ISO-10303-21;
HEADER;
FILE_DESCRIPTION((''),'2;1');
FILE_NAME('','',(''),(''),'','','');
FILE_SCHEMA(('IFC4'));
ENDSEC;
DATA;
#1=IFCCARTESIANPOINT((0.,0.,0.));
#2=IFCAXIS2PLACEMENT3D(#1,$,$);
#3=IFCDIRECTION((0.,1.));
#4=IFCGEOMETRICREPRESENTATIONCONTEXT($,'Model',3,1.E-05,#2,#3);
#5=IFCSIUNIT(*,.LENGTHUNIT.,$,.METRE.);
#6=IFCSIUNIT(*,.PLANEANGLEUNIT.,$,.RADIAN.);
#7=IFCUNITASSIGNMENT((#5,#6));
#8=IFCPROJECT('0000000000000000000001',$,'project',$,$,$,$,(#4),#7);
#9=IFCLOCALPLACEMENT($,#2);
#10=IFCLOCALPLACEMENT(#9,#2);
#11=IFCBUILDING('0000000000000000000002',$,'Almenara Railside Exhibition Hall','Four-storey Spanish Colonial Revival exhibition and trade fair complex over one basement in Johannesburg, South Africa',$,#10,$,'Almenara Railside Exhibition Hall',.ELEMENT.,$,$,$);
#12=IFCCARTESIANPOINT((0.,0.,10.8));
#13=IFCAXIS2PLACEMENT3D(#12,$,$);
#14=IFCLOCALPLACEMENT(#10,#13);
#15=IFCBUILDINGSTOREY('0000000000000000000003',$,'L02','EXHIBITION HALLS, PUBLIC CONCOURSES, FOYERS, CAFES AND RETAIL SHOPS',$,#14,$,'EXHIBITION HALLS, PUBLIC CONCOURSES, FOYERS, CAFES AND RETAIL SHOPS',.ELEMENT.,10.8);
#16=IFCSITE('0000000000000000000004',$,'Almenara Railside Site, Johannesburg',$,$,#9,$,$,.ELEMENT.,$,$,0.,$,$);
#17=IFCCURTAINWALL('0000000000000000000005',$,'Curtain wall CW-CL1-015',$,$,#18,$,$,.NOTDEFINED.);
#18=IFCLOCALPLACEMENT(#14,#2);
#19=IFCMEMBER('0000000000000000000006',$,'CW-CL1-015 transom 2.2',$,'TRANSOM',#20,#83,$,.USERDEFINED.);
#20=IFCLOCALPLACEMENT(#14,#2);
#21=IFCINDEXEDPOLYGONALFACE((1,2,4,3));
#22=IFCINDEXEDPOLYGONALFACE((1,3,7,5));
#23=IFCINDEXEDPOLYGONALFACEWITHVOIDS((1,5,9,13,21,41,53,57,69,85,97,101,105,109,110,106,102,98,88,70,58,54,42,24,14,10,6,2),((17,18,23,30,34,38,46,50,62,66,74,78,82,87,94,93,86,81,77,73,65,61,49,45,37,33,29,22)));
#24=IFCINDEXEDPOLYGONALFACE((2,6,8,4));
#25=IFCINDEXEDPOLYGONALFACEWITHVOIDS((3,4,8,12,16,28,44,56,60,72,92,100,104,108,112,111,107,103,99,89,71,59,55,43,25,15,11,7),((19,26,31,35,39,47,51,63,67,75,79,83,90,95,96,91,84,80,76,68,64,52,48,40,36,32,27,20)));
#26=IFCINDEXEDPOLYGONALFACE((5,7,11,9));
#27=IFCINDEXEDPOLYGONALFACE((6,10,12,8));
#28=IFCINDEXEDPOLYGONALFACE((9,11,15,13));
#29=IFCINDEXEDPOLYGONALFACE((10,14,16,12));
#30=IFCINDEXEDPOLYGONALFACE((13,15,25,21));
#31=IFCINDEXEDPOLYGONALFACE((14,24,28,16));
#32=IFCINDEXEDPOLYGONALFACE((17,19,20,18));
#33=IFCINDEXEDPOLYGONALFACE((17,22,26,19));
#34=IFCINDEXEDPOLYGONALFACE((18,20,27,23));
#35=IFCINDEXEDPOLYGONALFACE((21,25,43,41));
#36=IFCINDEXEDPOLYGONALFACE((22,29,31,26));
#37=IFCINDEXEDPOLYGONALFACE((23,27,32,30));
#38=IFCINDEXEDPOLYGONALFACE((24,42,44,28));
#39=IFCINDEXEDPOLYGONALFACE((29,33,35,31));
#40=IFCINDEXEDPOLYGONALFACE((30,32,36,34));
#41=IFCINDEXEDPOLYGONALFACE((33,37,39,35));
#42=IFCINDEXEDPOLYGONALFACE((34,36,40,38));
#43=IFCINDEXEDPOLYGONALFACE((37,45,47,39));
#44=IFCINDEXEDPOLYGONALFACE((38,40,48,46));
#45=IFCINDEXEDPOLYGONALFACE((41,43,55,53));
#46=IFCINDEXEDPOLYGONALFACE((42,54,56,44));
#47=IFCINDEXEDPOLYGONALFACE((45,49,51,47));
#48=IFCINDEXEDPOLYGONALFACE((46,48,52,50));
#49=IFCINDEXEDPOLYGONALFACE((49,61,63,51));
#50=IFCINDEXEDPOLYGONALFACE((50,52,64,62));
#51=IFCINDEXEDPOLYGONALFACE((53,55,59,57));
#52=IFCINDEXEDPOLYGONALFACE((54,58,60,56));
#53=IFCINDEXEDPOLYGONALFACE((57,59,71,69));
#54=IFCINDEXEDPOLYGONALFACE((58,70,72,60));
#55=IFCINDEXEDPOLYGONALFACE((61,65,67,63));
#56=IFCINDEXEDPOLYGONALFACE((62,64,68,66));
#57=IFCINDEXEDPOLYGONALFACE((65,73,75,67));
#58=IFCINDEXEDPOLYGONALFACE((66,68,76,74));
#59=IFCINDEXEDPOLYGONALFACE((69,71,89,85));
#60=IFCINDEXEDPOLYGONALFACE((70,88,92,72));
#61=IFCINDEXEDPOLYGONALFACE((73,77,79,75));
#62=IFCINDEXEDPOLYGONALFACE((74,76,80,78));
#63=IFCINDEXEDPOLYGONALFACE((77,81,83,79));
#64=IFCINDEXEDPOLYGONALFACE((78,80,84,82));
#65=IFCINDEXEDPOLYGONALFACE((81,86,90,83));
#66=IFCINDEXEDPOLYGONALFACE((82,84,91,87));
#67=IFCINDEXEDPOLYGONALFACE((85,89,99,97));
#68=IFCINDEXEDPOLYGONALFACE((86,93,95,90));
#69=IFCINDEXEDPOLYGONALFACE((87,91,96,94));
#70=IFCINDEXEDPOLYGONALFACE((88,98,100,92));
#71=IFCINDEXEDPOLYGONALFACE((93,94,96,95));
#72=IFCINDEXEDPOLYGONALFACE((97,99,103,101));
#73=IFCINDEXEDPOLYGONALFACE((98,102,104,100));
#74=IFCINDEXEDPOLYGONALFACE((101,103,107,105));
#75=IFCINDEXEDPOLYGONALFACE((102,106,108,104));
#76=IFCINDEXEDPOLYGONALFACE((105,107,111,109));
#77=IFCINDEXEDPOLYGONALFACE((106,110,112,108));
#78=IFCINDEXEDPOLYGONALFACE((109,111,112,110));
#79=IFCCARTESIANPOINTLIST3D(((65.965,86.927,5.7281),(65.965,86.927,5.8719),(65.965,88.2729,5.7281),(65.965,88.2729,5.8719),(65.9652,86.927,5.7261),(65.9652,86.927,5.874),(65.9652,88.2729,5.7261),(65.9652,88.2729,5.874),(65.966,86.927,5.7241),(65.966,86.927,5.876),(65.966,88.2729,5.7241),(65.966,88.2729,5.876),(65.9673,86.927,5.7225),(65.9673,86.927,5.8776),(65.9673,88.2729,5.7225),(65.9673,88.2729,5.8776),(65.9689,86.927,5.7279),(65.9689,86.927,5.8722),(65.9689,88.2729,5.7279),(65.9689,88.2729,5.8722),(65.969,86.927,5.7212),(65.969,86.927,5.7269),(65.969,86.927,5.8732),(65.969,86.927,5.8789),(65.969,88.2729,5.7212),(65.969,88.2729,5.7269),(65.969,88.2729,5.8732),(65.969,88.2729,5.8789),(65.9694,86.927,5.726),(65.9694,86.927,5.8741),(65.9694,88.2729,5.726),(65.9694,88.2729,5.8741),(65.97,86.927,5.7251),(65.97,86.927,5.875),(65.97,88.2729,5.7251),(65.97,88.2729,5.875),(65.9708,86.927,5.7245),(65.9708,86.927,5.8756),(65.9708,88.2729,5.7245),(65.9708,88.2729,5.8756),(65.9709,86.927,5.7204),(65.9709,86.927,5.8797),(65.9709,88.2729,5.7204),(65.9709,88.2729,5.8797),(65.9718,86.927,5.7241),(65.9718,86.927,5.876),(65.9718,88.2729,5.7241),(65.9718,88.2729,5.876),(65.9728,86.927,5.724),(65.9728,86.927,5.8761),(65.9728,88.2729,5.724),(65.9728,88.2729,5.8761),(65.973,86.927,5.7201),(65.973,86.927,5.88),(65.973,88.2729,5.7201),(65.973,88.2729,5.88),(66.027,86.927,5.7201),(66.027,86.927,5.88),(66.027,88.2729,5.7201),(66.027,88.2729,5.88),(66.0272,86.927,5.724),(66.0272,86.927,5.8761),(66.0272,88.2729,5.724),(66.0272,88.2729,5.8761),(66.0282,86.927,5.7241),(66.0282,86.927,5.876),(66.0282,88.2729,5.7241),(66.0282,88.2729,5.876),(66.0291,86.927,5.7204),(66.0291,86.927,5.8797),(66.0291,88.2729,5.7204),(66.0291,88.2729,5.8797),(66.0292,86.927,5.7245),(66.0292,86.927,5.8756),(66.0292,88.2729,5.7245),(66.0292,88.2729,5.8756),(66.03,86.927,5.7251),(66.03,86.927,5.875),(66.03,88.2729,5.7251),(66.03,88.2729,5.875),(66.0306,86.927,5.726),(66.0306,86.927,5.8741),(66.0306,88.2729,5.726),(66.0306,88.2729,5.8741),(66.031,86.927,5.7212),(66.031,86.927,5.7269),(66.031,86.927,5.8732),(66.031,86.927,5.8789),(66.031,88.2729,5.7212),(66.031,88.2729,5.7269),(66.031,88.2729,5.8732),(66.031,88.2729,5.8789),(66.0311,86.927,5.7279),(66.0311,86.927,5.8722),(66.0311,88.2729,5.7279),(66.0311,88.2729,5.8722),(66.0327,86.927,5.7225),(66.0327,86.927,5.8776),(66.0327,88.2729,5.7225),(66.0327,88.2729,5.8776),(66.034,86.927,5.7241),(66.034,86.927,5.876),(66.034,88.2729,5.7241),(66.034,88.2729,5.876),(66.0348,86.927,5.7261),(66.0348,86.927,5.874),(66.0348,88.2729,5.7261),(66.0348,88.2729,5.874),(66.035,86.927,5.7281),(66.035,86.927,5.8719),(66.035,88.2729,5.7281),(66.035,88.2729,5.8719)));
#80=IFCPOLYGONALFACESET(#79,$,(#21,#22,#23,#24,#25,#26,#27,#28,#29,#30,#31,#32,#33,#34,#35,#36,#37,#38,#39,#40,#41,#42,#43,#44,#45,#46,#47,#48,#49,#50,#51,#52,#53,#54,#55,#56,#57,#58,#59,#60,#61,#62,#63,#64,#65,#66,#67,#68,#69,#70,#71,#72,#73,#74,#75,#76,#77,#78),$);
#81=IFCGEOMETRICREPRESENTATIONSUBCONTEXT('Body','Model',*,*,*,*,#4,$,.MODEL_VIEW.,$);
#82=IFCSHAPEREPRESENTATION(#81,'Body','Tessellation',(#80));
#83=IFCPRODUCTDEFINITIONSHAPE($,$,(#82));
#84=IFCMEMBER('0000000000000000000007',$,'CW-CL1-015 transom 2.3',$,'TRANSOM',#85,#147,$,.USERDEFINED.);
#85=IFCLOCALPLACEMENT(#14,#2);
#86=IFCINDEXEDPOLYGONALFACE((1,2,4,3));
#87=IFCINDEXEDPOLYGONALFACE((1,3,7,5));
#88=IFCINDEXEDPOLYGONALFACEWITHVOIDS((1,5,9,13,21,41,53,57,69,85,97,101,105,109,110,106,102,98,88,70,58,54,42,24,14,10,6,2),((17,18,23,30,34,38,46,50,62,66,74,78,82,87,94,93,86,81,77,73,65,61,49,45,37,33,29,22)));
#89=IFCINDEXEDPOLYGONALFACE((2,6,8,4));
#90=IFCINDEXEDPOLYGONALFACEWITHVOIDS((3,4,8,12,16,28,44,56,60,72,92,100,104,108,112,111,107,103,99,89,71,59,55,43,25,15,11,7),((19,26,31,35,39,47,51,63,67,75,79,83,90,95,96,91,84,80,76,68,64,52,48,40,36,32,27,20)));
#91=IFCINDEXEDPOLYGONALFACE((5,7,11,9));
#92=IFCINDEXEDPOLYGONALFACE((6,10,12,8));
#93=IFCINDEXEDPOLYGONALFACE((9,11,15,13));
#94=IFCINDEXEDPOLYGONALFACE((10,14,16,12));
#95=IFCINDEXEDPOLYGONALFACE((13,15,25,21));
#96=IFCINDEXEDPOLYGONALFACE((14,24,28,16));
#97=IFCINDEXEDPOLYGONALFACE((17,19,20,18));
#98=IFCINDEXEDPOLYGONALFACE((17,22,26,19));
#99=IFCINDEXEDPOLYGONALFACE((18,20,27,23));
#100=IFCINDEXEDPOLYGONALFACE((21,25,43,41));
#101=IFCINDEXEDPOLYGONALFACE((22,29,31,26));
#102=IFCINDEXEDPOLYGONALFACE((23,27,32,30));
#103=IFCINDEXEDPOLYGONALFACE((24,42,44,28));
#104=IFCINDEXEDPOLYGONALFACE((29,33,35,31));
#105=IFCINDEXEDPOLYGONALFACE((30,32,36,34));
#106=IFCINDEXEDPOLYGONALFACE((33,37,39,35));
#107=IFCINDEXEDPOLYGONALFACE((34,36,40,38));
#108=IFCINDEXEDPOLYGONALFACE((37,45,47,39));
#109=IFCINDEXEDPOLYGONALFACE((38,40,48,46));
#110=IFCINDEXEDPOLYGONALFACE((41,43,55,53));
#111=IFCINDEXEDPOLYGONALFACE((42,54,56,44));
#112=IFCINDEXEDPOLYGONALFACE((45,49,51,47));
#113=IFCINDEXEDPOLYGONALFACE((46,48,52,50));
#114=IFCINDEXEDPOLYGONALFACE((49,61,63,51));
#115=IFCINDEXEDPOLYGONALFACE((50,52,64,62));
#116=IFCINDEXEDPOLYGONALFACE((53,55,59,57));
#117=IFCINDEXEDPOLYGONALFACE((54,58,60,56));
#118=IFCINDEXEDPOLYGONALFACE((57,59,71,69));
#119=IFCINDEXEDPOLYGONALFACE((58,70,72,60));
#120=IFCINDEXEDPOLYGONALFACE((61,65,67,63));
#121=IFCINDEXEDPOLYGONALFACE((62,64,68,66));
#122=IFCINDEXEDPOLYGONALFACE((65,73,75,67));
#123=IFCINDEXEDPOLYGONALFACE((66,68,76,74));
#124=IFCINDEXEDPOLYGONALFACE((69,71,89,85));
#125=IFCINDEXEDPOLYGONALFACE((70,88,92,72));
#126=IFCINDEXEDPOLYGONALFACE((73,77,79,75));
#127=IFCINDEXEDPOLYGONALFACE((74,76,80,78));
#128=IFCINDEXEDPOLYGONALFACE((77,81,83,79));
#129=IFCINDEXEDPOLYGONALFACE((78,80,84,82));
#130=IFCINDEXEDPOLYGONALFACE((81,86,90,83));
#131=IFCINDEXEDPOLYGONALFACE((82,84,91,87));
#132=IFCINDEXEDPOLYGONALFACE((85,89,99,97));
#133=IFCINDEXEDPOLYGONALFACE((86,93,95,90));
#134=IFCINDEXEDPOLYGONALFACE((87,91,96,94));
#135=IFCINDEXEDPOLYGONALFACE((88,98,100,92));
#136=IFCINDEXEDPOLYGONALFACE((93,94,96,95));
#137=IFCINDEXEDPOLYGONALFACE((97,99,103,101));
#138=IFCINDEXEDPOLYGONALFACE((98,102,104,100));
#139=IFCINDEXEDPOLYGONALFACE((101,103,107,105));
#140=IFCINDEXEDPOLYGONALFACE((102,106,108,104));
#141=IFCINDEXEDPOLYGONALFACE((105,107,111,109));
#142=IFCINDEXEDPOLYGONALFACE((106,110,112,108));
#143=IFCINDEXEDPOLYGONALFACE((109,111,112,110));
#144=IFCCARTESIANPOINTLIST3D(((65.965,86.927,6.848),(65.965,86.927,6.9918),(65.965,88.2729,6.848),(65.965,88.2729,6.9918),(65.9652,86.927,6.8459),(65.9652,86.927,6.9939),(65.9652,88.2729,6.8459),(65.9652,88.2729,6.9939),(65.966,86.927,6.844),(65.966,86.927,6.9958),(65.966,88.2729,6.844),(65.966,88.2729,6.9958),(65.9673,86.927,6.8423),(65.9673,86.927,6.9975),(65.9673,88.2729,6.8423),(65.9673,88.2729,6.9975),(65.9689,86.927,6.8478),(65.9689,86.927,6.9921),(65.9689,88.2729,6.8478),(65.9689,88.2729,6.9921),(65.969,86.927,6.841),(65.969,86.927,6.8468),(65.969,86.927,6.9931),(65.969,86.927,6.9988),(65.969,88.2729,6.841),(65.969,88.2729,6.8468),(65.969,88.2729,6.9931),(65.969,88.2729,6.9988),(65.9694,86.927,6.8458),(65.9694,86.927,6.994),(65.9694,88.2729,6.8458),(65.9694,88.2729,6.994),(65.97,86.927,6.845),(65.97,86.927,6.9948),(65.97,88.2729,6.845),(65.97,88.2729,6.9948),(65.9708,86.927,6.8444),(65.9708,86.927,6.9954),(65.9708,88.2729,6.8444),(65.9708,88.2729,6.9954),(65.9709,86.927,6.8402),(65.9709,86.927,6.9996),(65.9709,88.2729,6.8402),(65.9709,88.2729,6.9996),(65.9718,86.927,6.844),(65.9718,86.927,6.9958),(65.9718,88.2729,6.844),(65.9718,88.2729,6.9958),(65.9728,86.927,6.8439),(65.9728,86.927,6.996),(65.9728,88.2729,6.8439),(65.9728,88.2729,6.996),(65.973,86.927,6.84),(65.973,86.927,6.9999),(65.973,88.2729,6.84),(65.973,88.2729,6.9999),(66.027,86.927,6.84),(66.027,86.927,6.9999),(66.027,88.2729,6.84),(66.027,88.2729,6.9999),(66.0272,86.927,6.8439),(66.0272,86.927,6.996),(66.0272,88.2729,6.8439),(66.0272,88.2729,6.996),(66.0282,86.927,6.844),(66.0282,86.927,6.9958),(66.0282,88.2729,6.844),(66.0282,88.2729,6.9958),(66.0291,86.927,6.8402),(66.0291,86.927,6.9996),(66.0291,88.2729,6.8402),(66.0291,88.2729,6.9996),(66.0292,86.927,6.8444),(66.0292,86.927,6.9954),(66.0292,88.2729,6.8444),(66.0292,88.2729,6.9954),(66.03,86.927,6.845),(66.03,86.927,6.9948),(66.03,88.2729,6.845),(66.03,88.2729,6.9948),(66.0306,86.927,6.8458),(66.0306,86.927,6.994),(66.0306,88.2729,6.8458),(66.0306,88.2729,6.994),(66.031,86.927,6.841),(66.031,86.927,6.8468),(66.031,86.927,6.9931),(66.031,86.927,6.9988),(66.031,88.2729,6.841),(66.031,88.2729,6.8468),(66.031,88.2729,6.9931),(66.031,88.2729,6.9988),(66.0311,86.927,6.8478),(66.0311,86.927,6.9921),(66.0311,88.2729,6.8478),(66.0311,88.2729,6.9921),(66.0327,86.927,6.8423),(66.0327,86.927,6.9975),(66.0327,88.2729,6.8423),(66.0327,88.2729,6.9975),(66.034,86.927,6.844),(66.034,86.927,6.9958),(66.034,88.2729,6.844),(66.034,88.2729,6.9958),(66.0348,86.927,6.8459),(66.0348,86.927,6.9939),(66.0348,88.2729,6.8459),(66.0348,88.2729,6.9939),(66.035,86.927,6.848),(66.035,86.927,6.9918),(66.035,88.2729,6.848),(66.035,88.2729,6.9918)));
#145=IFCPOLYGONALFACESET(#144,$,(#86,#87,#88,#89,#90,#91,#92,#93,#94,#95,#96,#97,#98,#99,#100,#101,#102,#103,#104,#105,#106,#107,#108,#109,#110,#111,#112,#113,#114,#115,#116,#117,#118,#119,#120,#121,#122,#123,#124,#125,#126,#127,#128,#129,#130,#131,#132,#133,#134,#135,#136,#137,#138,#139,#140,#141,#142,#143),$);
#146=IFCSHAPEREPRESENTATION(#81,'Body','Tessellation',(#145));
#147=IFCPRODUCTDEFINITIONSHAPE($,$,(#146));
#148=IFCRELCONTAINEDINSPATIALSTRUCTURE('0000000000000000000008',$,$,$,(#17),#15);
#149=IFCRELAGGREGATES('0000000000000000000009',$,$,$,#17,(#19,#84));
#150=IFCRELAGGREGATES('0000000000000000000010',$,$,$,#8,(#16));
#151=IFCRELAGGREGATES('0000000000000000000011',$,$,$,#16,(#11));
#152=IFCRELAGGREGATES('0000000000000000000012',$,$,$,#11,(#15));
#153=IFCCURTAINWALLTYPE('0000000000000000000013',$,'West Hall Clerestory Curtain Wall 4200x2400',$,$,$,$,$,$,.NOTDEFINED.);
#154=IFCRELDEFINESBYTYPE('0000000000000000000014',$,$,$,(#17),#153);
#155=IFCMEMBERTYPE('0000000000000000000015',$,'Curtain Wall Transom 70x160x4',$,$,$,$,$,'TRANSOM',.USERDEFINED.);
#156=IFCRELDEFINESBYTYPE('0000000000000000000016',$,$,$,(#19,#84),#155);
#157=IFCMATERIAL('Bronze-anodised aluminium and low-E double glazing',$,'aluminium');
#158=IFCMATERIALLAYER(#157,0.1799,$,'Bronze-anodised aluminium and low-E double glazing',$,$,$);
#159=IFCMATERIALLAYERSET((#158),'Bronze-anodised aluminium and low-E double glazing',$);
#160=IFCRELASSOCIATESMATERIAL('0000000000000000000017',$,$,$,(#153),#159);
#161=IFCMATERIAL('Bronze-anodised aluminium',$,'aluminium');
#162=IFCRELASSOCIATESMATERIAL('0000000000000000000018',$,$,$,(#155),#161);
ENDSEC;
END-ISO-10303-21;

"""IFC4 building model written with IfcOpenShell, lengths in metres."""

from ifc_helpers import new_model, si_unit, direction, frame, origin, origin_2d, place, context, subcontext, project, spatial, hollow_rectangle, extrude, material, layer, layer_set, material_profile, profile_set, type_object, element, aggregate, save


model = new_model("IFC4")

# Units and contexts
model_context = context("Model", 3, precision=1e-05, world=origin(), true_north=direction((0.0, 1.0)))
body_context = subcontext(model_context, "Body", "Model", "MODEL_VIEW")
ifc_project = project(units=[si_unit("LENGTHUNIT", "METRE"), si_unit("PLANEANGLEUNIT", "RADIAN")], contexts=[model_context])

# Site, building, storey
site_placement = place(None, origin())
site = spatial("IfcSite", under=ifc_project, at=site_placement, Name="Almenara Railside Site, Johannesburg", CompositionType="ELEMENT", RefElevation=0.0)
building_placement = place(site_placement, origin())
building = spatial("IfcBuilding", under=site, at=building_placement, Name="Almenara Railside Exhibition Hall", Description="Four-storey Spanish Colonial Revival exhibition and trade fair complex over one basement in Johannesburg, South Africa", LongName="Almenara Railside Exhibition Hall", CompositionType="ELEMENT")
storey_placement = place(building_placement, frame((0.0, 0.0, 10.8)))
storey = spatial("IfcBuildingStorey", under=building, at=storey_placement, Name="L02", Description="EXHIBITION HALLS, PUBLIC CONCOURSES, FOYERS, CAFES AND RETAIL SHOPS", LongName="EXHIBITION HALLS, PUBLIC CONCOURSES, FOYERS, CAFES AND RETAIL SHOPS", CompositionType="ELEMENT", Elevation=10.8)

# Shared definitions
ifc_material_1 = material(Name="Bronze-anodised aluminium and low-E double glazing", Category="aluminium")
ifc_layer_1 = layer(ifc_material_1, 0.1799, Name="Bronze-anodised aluminium and low-E double glazing")
ifc_layer_set_1 = layer_set([ifc_layer_1], Name="Bronze-anodised aluminium and low-E double glazing")
curtain_wall_type = type_object("IfcCurtainWallType", Name="West Hall Clerestory Curtain Wall 4200x2400", PredefinedType="NOTDEFINED", material=ifc_layer_set_1)
ifc_material_2 = material(Name="Bronze-anodised aluminium", Category="aluminium")

# Curtain wall
curtain_wall_1_placement = place(storey_placement, origin())
curtain_wall_1 = element("IfcCurtainWall", 1, at=curtain_wall_1_placement, inside=storey, type_object=curtain_wall_type, Name="Curtain wall CW-CL1-015", PredefinedType="NOTDEFINED")

# Members
ifc_material_profile_1 = material_profile(ifc_material_2, hollow_rectangle(XDim=0.0701, YDim=0.1599, WallThickness=0.0039, InnerFilletRadius=0.0039, OuterFilletRadius=0.0081, at=origin_2d()), Name="ALU-TRN 70x160x4")
ifc_profile_set_1 = profile_set([ifc_material_profile_1], Name="Bronze-anodised aluminium")
member_type_1 = type_object("IfcMemberType", Name="Curtain Wall Transom 70x160x4", ElementType="TRANSOM", PredefinedType="USERDEFINED", material=ifc_profile_set_1)
member_1_placement = place(storey_placement, frame((66.0, 86.927, 5.8), z_axis=(0.0, 1.0, 0.0), x_axis=(-1.0, 0.0, 0.0)))
member_1 = element("IfcMember", 2, at=member_1_placement, type_object=member_type_1, Name="CW-CL1-015 transom 2.2", ObjectType="TRANSOM", PredefinedType="USERDEFINED", context=body_context, shape_type="SweptSolid", body=[
    extrude(hollow_rectangle(XDim=0.0701, YDim=0.1599, WallThickness=0.0039, InnerFilletRadius=0.0039, OuterFilletRadius=0.0081, at=origin_2d()), origin(), (0.0, 0.0, 1.0), 1.3459),
])
member_2_placement = place(storey_placement, frame((66.0, 86.927, 6.9199), z_axis=(0.0, 1.0, 0.0), x_axis=(-1.0, 0.0, 0.0)))
member_2 = element("IfcMember", 3, at=member_2_placement, type_object=member_type_1, Name="CW-CL1-015 transom 2.3", ObjectType="TRANSOM", PredefinedType="USERDEFINED", context=body_context, shape_type="SweptSolid", body=[
    extrude(hollow_rectangle(XDim=0.0701, YDim=0.1599, WallThickness=0.0039, InnerFilletRadius=0.0039, OuterFilletRadius=0.0081, at=origin_2d()), origin(), (0.0, 0.0, 1.0), 1.3459),
])

aggregate(curtain_wall_1, [member_1, member_2])

save(model, "model.ifc")
